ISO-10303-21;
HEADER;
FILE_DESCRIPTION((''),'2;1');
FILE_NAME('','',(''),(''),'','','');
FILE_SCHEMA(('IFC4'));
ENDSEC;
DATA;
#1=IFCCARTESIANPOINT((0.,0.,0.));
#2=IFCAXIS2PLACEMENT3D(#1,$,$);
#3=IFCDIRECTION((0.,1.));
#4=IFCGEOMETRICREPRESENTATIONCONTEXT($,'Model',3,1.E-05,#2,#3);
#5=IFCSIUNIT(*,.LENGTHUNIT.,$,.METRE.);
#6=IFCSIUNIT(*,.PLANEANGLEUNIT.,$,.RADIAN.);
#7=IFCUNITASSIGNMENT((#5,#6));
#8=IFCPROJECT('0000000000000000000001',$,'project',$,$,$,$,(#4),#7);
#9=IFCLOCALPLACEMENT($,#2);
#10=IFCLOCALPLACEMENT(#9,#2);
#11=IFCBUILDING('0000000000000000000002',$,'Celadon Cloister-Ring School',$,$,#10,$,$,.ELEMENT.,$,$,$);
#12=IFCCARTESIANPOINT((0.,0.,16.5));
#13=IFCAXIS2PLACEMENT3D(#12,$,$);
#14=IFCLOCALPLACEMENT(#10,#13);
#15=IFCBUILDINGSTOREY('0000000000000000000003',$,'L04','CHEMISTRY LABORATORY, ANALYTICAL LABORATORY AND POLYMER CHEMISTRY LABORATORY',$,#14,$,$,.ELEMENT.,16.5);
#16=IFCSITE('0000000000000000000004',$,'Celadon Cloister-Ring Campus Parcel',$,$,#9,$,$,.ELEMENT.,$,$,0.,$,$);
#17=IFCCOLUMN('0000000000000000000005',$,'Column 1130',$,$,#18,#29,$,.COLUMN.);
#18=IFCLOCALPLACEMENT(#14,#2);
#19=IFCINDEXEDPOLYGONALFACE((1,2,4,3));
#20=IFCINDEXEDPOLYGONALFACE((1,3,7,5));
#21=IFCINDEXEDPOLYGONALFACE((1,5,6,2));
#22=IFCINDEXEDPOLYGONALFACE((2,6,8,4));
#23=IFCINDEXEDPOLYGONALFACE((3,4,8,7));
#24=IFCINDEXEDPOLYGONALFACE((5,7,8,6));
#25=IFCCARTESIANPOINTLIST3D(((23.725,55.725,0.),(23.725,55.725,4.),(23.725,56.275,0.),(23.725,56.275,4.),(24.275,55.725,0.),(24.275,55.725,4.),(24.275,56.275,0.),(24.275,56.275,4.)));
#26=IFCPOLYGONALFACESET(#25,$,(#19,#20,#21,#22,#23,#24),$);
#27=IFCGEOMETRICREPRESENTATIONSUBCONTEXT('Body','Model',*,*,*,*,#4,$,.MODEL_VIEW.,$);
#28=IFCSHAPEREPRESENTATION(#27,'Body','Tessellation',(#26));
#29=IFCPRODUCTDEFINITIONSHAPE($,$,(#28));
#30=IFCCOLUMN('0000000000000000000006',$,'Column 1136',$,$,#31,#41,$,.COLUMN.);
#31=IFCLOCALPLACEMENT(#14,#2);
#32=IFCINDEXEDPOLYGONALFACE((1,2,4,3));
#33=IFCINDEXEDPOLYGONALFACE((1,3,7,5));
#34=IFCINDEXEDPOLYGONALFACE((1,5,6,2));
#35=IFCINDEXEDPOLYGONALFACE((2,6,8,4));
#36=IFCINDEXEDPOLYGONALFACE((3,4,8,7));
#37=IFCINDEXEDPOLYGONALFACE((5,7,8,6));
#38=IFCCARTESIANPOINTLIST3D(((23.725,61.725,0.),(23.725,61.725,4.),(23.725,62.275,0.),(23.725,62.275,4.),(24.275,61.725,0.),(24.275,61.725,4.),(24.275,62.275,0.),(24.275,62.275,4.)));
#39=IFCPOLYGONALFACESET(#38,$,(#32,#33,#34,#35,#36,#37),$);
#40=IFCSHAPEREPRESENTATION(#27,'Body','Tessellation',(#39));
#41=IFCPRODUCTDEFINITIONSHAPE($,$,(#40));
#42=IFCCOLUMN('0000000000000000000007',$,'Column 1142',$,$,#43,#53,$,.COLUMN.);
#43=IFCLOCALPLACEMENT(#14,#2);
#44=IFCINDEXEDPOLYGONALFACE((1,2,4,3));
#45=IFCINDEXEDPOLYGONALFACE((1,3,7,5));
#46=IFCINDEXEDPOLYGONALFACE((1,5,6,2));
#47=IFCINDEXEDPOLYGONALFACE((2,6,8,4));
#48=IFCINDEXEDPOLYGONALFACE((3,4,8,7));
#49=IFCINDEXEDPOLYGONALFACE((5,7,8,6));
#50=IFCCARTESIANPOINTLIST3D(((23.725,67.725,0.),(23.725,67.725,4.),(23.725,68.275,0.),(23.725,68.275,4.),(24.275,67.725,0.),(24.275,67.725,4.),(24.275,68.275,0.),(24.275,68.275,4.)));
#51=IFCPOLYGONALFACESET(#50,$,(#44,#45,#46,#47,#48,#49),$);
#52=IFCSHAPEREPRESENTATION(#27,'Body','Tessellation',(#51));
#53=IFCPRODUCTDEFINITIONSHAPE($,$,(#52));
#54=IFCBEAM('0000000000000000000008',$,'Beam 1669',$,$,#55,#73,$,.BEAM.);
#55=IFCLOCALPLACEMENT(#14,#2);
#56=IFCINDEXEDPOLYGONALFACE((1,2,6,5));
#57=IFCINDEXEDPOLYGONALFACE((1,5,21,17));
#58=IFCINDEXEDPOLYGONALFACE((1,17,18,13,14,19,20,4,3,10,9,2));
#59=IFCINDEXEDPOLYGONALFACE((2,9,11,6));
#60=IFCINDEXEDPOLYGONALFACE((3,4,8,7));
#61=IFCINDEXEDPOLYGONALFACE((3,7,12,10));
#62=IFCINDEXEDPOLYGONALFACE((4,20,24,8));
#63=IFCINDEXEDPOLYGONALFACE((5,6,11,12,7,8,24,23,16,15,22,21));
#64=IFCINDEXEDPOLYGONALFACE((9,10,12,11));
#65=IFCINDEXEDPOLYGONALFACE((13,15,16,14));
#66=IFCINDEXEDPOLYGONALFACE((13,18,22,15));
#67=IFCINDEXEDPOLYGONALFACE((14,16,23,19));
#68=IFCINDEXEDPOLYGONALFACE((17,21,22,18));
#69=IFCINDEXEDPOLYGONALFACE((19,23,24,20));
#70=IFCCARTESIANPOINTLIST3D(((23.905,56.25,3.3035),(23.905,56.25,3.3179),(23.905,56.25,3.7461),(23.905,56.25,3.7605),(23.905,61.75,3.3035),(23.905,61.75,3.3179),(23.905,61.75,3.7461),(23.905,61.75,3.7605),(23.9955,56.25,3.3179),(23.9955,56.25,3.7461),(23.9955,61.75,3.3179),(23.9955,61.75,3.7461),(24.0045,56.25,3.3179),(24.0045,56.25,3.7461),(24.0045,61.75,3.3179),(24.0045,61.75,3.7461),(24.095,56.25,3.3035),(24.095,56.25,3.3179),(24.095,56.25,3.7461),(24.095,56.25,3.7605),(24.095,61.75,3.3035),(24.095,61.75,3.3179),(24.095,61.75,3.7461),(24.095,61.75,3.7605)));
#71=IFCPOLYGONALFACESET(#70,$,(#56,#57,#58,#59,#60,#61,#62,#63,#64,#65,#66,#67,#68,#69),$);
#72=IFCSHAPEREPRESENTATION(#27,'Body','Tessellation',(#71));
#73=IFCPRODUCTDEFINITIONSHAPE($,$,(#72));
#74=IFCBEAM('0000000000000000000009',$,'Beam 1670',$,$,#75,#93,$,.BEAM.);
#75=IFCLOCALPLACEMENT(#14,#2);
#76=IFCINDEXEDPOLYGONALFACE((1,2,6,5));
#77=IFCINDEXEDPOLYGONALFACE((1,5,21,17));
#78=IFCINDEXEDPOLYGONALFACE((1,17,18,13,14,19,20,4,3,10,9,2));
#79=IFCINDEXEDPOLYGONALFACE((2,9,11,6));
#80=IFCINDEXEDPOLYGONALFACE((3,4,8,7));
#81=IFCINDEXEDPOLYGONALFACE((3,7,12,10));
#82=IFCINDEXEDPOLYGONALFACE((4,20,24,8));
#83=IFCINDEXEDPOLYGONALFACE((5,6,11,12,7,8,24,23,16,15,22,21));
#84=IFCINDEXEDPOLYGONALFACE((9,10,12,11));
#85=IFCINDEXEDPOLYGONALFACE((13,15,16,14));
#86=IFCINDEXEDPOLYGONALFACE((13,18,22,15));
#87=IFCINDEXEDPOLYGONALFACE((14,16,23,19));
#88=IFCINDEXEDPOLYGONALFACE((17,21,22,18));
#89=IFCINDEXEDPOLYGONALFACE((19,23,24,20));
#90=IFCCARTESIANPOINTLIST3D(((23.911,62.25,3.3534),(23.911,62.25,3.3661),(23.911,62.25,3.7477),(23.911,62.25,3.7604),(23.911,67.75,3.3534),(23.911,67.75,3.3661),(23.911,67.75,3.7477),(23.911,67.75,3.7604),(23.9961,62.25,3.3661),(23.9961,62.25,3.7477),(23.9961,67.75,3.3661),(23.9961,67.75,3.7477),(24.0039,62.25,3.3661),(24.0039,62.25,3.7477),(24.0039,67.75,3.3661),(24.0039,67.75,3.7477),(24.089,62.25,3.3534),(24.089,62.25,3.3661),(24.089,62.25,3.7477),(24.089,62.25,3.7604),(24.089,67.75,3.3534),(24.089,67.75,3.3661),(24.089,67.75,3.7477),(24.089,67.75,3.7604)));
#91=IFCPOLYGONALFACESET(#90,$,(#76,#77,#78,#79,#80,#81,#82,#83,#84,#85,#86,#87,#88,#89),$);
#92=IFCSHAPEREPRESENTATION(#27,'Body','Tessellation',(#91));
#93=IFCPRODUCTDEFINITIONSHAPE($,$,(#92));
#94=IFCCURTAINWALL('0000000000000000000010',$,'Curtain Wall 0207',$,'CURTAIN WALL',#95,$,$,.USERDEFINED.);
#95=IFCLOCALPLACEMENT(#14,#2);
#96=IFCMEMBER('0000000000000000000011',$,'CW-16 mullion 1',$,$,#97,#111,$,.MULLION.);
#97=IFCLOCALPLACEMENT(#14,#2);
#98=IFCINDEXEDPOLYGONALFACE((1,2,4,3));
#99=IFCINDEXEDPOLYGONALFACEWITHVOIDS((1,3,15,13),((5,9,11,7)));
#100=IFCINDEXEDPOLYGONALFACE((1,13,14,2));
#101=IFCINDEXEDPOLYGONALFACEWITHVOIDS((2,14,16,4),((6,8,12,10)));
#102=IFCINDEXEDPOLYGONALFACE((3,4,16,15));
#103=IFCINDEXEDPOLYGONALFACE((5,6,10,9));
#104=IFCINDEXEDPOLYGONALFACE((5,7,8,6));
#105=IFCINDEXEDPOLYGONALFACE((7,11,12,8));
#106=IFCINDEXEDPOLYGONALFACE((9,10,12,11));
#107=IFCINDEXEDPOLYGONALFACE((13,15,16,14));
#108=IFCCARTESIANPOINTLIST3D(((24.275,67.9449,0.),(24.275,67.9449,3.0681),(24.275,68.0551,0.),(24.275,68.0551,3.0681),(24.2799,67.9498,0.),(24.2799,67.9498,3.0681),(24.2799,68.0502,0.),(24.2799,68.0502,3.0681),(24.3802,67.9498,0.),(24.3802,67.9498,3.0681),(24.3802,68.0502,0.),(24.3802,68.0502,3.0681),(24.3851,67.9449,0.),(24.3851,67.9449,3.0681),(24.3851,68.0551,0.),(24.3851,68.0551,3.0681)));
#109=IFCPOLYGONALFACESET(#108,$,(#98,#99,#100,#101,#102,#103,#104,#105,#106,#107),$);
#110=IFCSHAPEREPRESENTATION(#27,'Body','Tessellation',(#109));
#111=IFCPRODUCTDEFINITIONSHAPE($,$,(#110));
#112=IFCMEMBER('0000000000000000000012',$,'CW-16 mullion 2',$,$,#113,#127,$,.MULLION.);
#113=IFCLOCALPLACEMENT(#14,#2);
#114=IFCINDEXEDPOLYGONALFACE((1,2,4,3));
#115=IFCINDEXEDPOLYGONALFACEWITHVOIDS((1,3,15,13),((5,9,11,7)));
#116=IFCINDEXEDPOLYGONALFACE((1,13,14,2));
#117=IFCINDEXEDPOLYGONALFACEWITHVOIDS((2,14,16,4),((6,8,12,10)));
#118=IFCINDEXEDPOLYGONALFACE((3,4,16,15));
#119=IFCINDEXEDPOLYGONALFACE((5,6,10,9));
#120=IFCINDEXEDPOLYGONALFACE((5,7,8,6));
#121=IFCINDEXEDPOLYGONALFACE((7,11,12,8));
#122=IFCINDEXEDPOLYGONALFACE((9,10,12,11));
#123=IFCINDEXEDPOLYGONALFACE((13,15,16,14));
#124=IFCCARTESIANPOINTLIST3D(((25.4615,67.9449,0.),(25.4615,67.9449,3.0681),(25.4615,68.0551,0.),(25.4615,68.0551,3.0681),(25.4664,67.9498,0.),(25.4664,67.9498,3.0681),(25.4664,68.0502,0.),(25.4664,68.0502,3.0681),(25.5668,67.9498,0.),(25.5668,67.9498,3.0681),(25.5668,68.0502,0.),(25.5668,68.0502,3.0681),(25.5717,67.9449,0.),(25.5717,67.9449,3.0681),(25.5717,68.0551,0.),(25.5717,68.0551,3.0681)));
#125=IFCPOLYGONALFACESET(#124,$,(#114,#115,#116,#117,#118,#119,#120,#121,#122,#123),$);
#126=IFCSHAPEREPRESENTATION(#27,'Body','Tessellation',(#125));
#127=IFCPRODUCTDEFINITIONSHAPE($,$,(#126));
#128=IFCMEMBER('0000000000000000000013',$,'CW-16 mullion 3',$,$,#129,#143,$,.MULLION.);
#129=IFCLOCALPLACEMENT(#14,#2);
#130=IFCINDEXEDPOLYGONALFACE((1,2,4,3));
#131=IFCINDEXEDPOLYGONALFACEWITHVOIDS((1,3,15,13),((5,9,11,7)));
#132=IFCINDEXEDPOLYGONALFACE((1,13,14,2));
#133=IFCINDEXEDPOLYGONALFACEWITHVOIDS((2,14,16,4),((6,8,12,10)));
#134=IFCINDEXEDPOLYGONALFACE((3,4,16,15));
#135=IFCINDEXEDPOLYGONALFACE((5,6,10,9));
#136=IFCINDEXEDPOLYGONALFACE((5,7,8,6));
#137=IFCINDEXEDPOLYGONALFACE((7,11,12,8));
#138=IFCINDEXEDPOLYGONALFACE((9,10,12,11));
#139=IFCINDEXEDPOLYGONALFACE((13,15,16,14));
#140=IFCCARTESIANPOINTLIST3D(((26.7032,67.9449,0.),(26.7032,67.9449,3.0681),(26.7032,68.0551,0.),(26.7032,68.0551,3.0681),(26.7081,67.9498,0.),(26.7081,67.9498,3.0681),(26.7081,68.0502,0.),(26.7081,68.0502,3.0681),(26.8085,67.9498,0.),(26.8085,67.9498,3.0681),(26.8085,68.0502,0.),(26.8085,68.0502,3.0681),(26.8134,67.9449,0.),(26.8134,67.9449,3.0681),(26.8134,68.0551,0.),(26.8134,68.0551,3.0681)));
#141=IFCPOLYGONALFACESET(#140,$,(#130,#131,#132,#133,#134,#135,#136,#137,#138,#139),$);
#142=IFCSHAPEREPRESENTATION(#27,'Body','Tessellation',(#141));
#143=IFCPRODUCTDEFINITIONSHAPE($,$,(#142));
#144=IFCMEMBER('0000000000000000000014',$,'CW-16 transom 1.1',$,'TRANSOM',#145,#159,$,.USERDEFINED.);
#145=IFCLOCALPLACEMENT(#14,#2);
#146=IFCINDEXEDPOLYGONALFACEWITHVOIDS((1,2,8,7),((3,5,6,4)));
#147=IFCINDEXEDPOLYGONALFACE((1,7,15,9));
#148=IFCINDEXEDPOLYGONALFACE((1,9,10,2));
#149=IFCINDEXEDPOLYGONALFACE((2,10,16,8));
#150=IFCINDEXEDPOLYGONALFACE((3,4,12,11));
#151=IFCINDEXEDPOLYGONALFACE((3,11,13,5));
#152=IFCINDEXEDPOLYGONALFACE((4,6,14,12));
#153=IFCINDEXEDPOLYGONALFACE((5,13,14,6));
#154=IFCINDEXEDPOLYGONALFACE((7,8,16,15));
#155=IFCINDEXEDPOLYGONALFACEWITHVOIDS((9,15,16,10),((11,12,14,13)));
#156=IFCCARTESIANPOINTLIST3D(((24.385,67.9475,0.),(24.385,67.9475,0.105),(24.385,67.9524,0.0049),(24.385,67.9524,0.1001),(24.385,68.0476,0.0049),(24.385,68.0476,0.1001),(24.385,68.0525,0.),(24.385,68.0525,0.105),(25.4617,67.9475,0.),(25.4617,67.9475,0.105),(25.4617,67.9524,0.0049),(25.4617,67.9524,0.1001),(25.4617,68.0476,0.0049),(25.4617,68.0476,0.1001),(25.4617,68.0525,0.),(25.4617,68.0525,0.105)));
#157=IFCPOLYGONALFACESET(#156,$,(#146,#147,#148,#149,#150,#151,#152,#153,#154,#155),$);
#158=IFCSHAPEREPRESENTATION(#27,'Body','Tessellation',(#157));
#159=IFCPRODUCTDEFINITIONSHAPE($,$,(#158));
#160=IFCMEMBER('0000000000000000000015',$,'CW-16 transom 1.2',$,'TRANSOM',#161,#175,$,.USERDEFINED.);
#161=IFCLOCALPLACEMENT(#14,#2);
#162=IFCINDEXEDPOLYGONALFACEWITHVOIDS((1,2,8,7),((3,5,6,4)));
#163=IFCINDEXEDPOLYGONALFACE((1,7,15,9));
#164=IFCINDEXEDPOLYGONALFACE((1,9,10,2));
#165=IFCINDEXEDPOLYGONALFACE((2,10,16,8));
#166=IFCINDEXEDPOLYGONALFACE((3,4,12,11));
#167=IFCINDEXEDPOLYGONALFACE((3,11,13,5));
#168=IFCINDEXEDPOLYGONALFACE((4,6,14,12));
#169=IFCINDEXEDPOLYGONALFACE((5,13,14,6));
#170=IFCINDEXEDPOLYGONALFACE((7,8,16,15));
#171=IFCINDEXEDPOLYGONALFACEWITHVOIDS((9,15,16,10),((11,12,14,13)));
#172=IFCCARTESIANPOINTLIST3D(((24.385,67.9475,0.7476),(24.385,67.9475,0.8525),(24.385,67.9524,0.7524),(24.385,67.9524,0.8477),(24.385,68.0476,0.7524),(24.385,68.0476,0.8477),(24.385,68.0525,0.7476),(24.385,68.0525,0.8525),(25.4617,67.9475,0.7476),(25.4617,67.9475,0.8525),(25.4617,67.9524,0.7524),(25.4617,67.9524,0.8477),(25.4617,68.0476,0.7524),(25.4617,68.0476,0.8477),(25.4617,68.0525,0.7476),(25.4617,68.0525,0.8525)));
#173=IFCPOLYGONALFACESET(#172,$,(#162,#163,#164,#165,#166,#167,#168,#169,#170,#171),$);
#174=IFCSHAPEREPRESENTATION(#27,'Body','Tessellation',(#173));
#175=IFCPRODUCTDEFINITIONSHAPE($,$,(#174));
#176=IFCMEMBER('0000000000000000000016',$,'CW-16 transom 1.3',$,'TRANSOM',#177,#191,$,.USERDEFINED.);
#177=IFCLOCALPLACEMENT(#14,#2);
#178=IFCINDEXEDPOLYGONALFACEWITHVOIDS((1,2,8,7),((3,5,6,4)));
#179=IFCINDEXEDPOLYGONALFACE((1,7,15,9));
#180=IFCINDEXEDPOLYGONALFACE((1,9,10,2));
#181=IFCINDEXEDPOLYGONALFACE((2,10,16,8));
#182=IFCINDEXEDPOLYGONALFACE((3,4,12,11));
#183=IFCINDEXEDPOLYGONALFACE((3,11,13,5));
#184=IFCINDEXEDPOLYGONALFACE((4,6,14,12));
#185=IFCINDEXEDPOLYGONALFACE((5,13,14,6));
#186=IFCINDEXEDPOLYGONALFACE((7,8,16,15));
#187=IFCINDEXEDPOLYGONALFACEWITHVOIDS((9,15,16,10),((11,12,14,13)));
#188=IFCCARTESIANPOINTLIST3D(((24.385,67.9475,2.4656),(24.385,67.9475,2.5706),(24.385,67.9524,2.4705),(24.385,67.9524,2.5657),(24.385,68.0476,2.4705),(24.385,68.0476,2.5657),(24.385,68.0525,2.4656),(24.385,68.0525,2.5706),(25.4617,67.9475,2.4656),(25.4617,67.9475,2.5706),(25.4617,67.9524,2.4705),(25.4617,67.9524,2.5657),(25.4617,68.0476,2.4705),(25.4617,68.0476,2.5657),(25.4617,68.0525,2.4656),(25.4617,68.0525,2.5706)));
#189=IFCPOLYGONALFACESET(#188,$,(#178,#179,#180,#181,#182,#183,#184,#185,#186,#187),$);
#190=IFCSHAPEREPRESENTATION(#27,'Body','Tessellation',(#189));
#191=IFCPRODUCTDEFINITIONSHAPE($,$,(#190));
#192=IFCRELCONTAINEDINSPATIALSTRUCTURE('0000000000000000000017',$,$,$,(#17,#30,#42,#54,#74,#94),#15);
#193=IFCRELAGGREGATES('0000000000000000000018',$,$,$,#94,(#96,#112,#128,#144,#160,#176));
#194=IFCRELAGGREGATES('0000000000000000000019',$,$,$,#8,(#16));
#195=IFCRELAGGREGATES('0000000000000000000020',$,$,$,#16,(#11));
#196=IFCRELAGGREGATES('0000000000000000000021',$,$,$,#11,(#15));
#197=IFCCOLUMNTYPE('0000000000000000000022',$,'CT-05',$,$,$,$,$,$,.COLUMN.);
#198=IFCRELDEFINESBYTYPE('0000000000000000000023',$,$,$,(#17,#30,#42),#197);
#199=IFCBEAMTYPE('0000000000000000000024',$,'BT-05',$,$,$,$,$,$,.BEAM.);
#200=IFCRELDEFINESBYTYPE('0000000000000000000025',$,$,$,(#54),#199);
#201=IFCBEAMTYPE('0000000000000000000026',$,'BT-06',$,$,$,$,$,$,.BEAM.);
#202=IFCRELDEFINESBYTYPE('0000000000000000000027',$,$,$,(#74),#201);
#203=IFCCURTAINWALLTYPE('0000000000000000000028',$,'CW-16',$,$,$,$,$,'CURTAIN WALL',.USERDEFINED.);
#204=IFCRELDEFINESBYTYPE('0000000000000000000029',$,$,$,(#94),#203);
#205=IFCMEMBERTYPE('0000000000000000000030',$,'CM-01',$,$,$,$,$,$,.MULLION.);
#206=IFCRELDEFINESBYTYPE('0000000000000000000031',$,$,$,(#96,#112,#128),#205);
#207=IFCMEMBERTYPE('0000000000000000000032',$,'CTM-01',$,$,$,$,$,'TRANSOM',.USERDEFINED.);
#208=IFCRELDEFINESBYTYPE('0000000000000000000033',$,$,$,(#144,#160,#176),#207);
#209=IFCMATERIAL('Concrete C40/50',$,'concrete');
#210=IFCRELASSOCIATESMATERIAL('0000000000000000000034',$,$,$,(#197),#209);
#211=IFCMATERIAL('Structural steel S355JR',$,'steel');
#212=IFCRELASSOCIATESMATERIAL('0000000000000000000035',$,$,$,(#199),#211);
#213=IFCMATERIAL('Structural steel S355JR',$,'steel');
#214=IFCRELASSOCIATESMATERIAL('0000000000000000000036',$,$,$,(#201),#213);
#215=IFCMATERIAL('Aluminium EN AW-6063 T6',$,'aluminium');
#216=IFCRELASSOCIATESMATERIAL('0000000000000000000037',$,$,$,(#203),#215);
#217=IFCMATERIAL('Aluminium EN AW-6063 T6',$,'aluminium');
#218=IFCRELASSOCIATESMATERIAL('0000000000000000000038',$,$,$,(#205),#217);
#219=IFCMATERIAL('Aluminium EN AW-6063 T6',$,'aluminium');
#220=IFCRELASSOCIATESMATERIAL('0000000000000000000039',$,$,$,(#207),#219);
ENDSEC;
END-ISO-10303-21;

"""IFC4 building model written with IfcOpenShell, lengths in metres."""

from ifc_helpers import new_model, si_unit, direction, frame, origin, origin_2d, place, context, subcontext, project, spatial, rectangle, hollow_rectangle, i_section, extrude, material, material_profile, profile_set, type_object, element, aggregate, save


model = new_model("IFC4")

# Units and contexts
model_context = context("Model", 3, precision=1e-05, world=origin(), true_north=direction((0.0, 1.0)))
body_context = subcontext(model_context, "Body", "Model", "MODEL_VIEW")
ifc_project = project(units=[si_unit("LENGTHUNIT", "METRE"), si_unit("PLANEANGLEUNIT", "RADIAN")], contexts=[model_context])

# Site, building, storey
site_placement = place(None, origin())
site = spatial("IfcSite", under=ifc_project, at=site_placement, Name="Celadon Cloister-Ring Campus Parcel", CompositionType="ELEMENT", RefElevation=0.0)
building_placement = place(site_placement, origin())
building = spatial("IfcBuilding", under=site, at=building_placement, Name="Celadon Cloister-Ring School", CompositionType="ELEMENT")
storey_placement = place(building_placement, frame((0.0, 0.0, 16.5)))
storey = spatial("IfcBuildingStorey", under=building, at=storey_placement, Name="L04", Description="CHEMISTRY LABORATORY, ANALYTICAL LABORATORY AND POLYMER CHEMISTRY LABORATORY", CompositionType="ELEMENT", Elevation=16.5)

# Columns
ifc_material_1 = material(Name="Concrete C40/50", Category="concrete")
ifc_material_profile_1 = material_profile(ifc_material_1, rectangle(XDim=0.55, YDim=0.55, at=origin_2d()), Name="RC550X550")
ifc_profile_set_1 = profile_set([ifc_material_profile_1], Name="Concrete C40/50")
column_type = type_object("IfcColumnType", Name="CT-05", PredefinedType="COLUMN", material=ifc_profile_set_1)
for number, where, z_axis, x_axis, name in (
    (1, (24.0, 56.0, 0.0), (0.0, 0.0, 1.0), (1.0, 0.0, 0.0), "Column 1130"),
    (2, (24.0, 62.0, 0.0), (0.0, 0.0, 1.0), (1.0, 0.0, 0.0), "Column 1136"),
    (3, (24.0, 68.0, 0.0), (0.0, 0.0, 1.0), (1.0, 0.0, 0.0), "Column 1142"),
):
    element("IfcColumn", number, at=place(storey_placement, frame(where, z_axis=z_axis, x_axis=x_axis)), inside=storey, type_object=column_type, Name=name, PredefinedType="COLUMN", context=body_context, shape_type="SweptSolid", body=[
        extrude(rectangle(XDim=0.55, YDim=0.55, at=origin_2d()), origin(), (0.0, 0.0, 1.0), 4.0),
    ])

# Beams
ifc_material_2 = material(Name="Structural steel S355JR", Category="steel")
ifc_material_profile_2 = material_profile(ifc_material_2, i_section(OverallWidth=0.1899, OverallDepth=0.457, WebThickness=0.009, FlangeThickness=0.0144, at=origin_2d()), Name="W460X74")
ifc_profile_set_2 = profile_set([ifc_material_profile_2], Name="Structural steel S355JR")
beam_type_1 = type_object("IfcBeamType", Name="BT-05", PredefinedType="BEAM", material=ifc_profile_set_2)
beam_1_placement = place(storey_placement, frame((24.0, 56.25, 3.532), z_axis=(0.0, 1.0, 0.0), x_axis=(-1.0, 0.0, 0.0)))
element("IfcBeam", 4, at=beam_1_placement, inside=storey, type_object=beam_type_1, Name="Beam 1669", PredefinedType="BEAM", context=body_context, shape_type="SweptSolid", body=[
    extrude(i_section(OverallWidth=0.1899, OverallDepth=0.457, WebThickness=0.009, FlangeThickness=0.0144, at=origin_2d()), origin(), (0.0, 0.0, 1.0), 5.5),
])
ifc_material_3 = material(Name="Structural steel S355JR", Category="steel")
ifc_material_profile_3 = material_profile(ifc_material_3, i_section(OverallWidth=0.178, OverallDepth=0.407, WebThickness=0.0078, FlangeThickness=0.0127, at=origin_2d()), Name="W410X60")
ifc_profile_set_3 = profile_set([ifc_material_profile_3], Name="Structural steel S355JR")
beam_type_2 = type_object("IfcBeamType", Name="BT-06", PredefinedType="BEAM", material=ifc_profile_set_3)
beam_2_placement = place(storey_placement, frame((24.0, 62.25, 3.5569), z_axis=(0.0, 1.0, 0.0), x_axis=(-1.0, 0.0, 0.0)))
element("IfcBeam", 5, at=beam_2_placement, inside=storey, type_object=beam_type_2, Name="Beam 1670", PredefinedType="BEAM", context=body_context, shape_type="SweptSolid", body=[
    extrude(i_section(OverallWidth=0.178, OverallDepth=0.407, WebThickness=0.0078, FlangeThickness=0.0127, at=origin_2d()), origin(), (0.0, 0.0, 1.0), 5.5),
])

# Curtain wall, members
ifc_material_4 = material(Name="Aluminium EN AW-6063 T6", Category="aluminium")
curtain_wall_type = type_object("IfcCurtainWallType", Name="CW-16", ElementType="CURTAIN WALL", PredefinedType="USERDEFINED", material=ifc_material_4)
curtain_wall_placement = place(storey_placement, origin())
curtain_wall = element("IfcCurtainWall", 6, at=curtain_wall_placement, inside=storey, type_object=curtain_wall_type, Name="Curtain Wall 0207", ObjectType="CURTAIN WALL", PredefinedType="USERDEFINED")
ifc_material_5 = material(Name="Aluminium EN AW-6063 T6", Category="aluminium")
ifc_material_profile_4 = material_profile(ifc_material_5, hollow_rectangle(XDim=0.1101, YDim=0.1101, WallThickness=0.0049, at=origin_2d()), Name="RHS110X110X5")
ifc_profile_set_4 = profile_set([ifc_material_profile_4], Name="Aluminium EN AW-6063 T6")
member_type_1 = type_object("IfcMemberType", Name="CM-01", PredefinedType="MULLION", material=ifc_profile_set_4)
member_1_placement = place(storey_placement, frame((24.3301, 68.0, 0.0), z_axis=(0.0, 0.0, 1.0), x_axis=(0.0, 1.0, 0.0)))
member_1 = element("IfcMember", 7, at=member_1_placement, type_object=member_type_1, Name="CW-16 mullion 1", PredefinedType="MULLION", context=body_context, shape_type="SweptSolid", body=[
    extrude(hollow_rectangle(XDim=0.1101, YDim=0.1101, WallThickness=0.0049, at=origin_2d()), origin(), (0.0, 0.0, 1.0), 3.0681),
])
member_2_placement = place(storey_placement, frame((25.5166, 68.0, 0.0), z_axis=(0.0, 0.0, 1.0), x_axis=(0.0, 1.0, 0.0)))
member_2 = element("IfcMember", 8, at=member_2_placement, type_object=member_type_1, Name="CW-16 mullion 2", PredefinedType="MULLION", context=body_context, shape_type="SweptSolid", body=[
    extrude(hollow_rectangle(XDim=0.1101, YDim=0.1101, WallThickness=0.0049, at=origin_2d()), origin(), (0.0, 0.0, 1.0), 3.0681),
])
member_3_placement = place(storey_placement, frame((26.7583, 68.0, 0.0), z_axis=(0.0, 0.0, 1.0), x_axis=(0.0, 1.0, 0.0)))
member_3 = element("IfcMember", 9, at=member_3_placement, type_object=member_type_1, Name="CW-16 mullion 3", PredefinedType="MULLION", context=body_context, shape_type="SweptSolid", body=[
    extrude(hollow_rectangle(XDim=0.1101, YDim=0.1101, WallThickness=0.0049, at=origin_2d()), origin(), (0.0, 0.0, 1.0), 3.0681),
])
ifc_material_6 = material(Name="Aluminium EN AW-6063 T6", Category="aluminium")
ifc_material_profile_5 = material_profile(ifc_material_6, hollow_rectangle(XDim=0.105, YDim=0.105, WallThickness=0.0049, at=origin_2d()), Name="RHS105X105X5")
ifc_profile_set_5 = profile_set([ifc_material_profile_5], Name="Aluminium EN AW-6063 T6")
member_type_2 = type_object("IfcMemberType", Name="CTM-01", ElementType="TRANSOM", PredefinedType="USERDEFINED", material=ifc_profile_set_5)
member_4_placement = place(storey_placement, frame((24.385, 68.0, 0.0525), z_axis=(1.0, 0.0, 0.0), x_axis=(0.0, 1.0, 0.0)))
member_4 = element("IfcMember", 10, at=member_4_placement, type_object=member_type_2, Name="CW-16 transom 1.1", ObjectType="TRANSOM", PredefinedType="USERDEFINED", context=body_context, shape_type="SweptSolid", body=[
    extrude(hollow_rectangle(XDim=0.105, YDim=0.105, WallThickness=0.0049, at=origin_2d()), origin(), (0.0, 0.0, 1.0), 1.0767),
])
member_5_placement = place(storey_placement, frame((24.385, 68.0, 0.8), z_axis=(1.0, 0.0, 0.0), x_axis=(0.0, 1.0, 0.0)))
member_5 = element("IfcMember", 11, at=member_5_placement, type_object=member_type_2, Name="CW-16 transom 1.2", ObjectType="TRANSOM", PredefinedType="USERDEFINED", context=body_context, shape_type="SweptSolid", body=[
    extrude(hollow_rectangle(XDim=0.105, YDim=0.105, WallThickness=0.0049, at=origin_2d()), origin(), (0.0, 0.0, 1.0), 1.0767),
])
member_6_placement = place(storey_placement, frame((24.385, 68.0, 2.5181), z_axis=(1.0, 0.0, 0.0), x_axis=(0.0, 1.0, 0.0)))
member_6 = element("IfcMember", 12, at=member_6_placement, type_object=member_type_2, Name="CW-16 transom 1.3", ObjectType="TRANSOM", PredefinedType="USERDEFINED", context=body_context, shape_type="SweptSolid", body=[
    extrude(hollow_rectangle(XDim=0.105, YDim=0.105, WallThickness=0.0049, at=origin_2d()), origin(), (0.0, 0.0, 1.0), 1.0767),
])

aggregate(curtain_wall, [member_1, member_2, member_3, member_4, member_5, member_6])

save(model, "model.ifc")
